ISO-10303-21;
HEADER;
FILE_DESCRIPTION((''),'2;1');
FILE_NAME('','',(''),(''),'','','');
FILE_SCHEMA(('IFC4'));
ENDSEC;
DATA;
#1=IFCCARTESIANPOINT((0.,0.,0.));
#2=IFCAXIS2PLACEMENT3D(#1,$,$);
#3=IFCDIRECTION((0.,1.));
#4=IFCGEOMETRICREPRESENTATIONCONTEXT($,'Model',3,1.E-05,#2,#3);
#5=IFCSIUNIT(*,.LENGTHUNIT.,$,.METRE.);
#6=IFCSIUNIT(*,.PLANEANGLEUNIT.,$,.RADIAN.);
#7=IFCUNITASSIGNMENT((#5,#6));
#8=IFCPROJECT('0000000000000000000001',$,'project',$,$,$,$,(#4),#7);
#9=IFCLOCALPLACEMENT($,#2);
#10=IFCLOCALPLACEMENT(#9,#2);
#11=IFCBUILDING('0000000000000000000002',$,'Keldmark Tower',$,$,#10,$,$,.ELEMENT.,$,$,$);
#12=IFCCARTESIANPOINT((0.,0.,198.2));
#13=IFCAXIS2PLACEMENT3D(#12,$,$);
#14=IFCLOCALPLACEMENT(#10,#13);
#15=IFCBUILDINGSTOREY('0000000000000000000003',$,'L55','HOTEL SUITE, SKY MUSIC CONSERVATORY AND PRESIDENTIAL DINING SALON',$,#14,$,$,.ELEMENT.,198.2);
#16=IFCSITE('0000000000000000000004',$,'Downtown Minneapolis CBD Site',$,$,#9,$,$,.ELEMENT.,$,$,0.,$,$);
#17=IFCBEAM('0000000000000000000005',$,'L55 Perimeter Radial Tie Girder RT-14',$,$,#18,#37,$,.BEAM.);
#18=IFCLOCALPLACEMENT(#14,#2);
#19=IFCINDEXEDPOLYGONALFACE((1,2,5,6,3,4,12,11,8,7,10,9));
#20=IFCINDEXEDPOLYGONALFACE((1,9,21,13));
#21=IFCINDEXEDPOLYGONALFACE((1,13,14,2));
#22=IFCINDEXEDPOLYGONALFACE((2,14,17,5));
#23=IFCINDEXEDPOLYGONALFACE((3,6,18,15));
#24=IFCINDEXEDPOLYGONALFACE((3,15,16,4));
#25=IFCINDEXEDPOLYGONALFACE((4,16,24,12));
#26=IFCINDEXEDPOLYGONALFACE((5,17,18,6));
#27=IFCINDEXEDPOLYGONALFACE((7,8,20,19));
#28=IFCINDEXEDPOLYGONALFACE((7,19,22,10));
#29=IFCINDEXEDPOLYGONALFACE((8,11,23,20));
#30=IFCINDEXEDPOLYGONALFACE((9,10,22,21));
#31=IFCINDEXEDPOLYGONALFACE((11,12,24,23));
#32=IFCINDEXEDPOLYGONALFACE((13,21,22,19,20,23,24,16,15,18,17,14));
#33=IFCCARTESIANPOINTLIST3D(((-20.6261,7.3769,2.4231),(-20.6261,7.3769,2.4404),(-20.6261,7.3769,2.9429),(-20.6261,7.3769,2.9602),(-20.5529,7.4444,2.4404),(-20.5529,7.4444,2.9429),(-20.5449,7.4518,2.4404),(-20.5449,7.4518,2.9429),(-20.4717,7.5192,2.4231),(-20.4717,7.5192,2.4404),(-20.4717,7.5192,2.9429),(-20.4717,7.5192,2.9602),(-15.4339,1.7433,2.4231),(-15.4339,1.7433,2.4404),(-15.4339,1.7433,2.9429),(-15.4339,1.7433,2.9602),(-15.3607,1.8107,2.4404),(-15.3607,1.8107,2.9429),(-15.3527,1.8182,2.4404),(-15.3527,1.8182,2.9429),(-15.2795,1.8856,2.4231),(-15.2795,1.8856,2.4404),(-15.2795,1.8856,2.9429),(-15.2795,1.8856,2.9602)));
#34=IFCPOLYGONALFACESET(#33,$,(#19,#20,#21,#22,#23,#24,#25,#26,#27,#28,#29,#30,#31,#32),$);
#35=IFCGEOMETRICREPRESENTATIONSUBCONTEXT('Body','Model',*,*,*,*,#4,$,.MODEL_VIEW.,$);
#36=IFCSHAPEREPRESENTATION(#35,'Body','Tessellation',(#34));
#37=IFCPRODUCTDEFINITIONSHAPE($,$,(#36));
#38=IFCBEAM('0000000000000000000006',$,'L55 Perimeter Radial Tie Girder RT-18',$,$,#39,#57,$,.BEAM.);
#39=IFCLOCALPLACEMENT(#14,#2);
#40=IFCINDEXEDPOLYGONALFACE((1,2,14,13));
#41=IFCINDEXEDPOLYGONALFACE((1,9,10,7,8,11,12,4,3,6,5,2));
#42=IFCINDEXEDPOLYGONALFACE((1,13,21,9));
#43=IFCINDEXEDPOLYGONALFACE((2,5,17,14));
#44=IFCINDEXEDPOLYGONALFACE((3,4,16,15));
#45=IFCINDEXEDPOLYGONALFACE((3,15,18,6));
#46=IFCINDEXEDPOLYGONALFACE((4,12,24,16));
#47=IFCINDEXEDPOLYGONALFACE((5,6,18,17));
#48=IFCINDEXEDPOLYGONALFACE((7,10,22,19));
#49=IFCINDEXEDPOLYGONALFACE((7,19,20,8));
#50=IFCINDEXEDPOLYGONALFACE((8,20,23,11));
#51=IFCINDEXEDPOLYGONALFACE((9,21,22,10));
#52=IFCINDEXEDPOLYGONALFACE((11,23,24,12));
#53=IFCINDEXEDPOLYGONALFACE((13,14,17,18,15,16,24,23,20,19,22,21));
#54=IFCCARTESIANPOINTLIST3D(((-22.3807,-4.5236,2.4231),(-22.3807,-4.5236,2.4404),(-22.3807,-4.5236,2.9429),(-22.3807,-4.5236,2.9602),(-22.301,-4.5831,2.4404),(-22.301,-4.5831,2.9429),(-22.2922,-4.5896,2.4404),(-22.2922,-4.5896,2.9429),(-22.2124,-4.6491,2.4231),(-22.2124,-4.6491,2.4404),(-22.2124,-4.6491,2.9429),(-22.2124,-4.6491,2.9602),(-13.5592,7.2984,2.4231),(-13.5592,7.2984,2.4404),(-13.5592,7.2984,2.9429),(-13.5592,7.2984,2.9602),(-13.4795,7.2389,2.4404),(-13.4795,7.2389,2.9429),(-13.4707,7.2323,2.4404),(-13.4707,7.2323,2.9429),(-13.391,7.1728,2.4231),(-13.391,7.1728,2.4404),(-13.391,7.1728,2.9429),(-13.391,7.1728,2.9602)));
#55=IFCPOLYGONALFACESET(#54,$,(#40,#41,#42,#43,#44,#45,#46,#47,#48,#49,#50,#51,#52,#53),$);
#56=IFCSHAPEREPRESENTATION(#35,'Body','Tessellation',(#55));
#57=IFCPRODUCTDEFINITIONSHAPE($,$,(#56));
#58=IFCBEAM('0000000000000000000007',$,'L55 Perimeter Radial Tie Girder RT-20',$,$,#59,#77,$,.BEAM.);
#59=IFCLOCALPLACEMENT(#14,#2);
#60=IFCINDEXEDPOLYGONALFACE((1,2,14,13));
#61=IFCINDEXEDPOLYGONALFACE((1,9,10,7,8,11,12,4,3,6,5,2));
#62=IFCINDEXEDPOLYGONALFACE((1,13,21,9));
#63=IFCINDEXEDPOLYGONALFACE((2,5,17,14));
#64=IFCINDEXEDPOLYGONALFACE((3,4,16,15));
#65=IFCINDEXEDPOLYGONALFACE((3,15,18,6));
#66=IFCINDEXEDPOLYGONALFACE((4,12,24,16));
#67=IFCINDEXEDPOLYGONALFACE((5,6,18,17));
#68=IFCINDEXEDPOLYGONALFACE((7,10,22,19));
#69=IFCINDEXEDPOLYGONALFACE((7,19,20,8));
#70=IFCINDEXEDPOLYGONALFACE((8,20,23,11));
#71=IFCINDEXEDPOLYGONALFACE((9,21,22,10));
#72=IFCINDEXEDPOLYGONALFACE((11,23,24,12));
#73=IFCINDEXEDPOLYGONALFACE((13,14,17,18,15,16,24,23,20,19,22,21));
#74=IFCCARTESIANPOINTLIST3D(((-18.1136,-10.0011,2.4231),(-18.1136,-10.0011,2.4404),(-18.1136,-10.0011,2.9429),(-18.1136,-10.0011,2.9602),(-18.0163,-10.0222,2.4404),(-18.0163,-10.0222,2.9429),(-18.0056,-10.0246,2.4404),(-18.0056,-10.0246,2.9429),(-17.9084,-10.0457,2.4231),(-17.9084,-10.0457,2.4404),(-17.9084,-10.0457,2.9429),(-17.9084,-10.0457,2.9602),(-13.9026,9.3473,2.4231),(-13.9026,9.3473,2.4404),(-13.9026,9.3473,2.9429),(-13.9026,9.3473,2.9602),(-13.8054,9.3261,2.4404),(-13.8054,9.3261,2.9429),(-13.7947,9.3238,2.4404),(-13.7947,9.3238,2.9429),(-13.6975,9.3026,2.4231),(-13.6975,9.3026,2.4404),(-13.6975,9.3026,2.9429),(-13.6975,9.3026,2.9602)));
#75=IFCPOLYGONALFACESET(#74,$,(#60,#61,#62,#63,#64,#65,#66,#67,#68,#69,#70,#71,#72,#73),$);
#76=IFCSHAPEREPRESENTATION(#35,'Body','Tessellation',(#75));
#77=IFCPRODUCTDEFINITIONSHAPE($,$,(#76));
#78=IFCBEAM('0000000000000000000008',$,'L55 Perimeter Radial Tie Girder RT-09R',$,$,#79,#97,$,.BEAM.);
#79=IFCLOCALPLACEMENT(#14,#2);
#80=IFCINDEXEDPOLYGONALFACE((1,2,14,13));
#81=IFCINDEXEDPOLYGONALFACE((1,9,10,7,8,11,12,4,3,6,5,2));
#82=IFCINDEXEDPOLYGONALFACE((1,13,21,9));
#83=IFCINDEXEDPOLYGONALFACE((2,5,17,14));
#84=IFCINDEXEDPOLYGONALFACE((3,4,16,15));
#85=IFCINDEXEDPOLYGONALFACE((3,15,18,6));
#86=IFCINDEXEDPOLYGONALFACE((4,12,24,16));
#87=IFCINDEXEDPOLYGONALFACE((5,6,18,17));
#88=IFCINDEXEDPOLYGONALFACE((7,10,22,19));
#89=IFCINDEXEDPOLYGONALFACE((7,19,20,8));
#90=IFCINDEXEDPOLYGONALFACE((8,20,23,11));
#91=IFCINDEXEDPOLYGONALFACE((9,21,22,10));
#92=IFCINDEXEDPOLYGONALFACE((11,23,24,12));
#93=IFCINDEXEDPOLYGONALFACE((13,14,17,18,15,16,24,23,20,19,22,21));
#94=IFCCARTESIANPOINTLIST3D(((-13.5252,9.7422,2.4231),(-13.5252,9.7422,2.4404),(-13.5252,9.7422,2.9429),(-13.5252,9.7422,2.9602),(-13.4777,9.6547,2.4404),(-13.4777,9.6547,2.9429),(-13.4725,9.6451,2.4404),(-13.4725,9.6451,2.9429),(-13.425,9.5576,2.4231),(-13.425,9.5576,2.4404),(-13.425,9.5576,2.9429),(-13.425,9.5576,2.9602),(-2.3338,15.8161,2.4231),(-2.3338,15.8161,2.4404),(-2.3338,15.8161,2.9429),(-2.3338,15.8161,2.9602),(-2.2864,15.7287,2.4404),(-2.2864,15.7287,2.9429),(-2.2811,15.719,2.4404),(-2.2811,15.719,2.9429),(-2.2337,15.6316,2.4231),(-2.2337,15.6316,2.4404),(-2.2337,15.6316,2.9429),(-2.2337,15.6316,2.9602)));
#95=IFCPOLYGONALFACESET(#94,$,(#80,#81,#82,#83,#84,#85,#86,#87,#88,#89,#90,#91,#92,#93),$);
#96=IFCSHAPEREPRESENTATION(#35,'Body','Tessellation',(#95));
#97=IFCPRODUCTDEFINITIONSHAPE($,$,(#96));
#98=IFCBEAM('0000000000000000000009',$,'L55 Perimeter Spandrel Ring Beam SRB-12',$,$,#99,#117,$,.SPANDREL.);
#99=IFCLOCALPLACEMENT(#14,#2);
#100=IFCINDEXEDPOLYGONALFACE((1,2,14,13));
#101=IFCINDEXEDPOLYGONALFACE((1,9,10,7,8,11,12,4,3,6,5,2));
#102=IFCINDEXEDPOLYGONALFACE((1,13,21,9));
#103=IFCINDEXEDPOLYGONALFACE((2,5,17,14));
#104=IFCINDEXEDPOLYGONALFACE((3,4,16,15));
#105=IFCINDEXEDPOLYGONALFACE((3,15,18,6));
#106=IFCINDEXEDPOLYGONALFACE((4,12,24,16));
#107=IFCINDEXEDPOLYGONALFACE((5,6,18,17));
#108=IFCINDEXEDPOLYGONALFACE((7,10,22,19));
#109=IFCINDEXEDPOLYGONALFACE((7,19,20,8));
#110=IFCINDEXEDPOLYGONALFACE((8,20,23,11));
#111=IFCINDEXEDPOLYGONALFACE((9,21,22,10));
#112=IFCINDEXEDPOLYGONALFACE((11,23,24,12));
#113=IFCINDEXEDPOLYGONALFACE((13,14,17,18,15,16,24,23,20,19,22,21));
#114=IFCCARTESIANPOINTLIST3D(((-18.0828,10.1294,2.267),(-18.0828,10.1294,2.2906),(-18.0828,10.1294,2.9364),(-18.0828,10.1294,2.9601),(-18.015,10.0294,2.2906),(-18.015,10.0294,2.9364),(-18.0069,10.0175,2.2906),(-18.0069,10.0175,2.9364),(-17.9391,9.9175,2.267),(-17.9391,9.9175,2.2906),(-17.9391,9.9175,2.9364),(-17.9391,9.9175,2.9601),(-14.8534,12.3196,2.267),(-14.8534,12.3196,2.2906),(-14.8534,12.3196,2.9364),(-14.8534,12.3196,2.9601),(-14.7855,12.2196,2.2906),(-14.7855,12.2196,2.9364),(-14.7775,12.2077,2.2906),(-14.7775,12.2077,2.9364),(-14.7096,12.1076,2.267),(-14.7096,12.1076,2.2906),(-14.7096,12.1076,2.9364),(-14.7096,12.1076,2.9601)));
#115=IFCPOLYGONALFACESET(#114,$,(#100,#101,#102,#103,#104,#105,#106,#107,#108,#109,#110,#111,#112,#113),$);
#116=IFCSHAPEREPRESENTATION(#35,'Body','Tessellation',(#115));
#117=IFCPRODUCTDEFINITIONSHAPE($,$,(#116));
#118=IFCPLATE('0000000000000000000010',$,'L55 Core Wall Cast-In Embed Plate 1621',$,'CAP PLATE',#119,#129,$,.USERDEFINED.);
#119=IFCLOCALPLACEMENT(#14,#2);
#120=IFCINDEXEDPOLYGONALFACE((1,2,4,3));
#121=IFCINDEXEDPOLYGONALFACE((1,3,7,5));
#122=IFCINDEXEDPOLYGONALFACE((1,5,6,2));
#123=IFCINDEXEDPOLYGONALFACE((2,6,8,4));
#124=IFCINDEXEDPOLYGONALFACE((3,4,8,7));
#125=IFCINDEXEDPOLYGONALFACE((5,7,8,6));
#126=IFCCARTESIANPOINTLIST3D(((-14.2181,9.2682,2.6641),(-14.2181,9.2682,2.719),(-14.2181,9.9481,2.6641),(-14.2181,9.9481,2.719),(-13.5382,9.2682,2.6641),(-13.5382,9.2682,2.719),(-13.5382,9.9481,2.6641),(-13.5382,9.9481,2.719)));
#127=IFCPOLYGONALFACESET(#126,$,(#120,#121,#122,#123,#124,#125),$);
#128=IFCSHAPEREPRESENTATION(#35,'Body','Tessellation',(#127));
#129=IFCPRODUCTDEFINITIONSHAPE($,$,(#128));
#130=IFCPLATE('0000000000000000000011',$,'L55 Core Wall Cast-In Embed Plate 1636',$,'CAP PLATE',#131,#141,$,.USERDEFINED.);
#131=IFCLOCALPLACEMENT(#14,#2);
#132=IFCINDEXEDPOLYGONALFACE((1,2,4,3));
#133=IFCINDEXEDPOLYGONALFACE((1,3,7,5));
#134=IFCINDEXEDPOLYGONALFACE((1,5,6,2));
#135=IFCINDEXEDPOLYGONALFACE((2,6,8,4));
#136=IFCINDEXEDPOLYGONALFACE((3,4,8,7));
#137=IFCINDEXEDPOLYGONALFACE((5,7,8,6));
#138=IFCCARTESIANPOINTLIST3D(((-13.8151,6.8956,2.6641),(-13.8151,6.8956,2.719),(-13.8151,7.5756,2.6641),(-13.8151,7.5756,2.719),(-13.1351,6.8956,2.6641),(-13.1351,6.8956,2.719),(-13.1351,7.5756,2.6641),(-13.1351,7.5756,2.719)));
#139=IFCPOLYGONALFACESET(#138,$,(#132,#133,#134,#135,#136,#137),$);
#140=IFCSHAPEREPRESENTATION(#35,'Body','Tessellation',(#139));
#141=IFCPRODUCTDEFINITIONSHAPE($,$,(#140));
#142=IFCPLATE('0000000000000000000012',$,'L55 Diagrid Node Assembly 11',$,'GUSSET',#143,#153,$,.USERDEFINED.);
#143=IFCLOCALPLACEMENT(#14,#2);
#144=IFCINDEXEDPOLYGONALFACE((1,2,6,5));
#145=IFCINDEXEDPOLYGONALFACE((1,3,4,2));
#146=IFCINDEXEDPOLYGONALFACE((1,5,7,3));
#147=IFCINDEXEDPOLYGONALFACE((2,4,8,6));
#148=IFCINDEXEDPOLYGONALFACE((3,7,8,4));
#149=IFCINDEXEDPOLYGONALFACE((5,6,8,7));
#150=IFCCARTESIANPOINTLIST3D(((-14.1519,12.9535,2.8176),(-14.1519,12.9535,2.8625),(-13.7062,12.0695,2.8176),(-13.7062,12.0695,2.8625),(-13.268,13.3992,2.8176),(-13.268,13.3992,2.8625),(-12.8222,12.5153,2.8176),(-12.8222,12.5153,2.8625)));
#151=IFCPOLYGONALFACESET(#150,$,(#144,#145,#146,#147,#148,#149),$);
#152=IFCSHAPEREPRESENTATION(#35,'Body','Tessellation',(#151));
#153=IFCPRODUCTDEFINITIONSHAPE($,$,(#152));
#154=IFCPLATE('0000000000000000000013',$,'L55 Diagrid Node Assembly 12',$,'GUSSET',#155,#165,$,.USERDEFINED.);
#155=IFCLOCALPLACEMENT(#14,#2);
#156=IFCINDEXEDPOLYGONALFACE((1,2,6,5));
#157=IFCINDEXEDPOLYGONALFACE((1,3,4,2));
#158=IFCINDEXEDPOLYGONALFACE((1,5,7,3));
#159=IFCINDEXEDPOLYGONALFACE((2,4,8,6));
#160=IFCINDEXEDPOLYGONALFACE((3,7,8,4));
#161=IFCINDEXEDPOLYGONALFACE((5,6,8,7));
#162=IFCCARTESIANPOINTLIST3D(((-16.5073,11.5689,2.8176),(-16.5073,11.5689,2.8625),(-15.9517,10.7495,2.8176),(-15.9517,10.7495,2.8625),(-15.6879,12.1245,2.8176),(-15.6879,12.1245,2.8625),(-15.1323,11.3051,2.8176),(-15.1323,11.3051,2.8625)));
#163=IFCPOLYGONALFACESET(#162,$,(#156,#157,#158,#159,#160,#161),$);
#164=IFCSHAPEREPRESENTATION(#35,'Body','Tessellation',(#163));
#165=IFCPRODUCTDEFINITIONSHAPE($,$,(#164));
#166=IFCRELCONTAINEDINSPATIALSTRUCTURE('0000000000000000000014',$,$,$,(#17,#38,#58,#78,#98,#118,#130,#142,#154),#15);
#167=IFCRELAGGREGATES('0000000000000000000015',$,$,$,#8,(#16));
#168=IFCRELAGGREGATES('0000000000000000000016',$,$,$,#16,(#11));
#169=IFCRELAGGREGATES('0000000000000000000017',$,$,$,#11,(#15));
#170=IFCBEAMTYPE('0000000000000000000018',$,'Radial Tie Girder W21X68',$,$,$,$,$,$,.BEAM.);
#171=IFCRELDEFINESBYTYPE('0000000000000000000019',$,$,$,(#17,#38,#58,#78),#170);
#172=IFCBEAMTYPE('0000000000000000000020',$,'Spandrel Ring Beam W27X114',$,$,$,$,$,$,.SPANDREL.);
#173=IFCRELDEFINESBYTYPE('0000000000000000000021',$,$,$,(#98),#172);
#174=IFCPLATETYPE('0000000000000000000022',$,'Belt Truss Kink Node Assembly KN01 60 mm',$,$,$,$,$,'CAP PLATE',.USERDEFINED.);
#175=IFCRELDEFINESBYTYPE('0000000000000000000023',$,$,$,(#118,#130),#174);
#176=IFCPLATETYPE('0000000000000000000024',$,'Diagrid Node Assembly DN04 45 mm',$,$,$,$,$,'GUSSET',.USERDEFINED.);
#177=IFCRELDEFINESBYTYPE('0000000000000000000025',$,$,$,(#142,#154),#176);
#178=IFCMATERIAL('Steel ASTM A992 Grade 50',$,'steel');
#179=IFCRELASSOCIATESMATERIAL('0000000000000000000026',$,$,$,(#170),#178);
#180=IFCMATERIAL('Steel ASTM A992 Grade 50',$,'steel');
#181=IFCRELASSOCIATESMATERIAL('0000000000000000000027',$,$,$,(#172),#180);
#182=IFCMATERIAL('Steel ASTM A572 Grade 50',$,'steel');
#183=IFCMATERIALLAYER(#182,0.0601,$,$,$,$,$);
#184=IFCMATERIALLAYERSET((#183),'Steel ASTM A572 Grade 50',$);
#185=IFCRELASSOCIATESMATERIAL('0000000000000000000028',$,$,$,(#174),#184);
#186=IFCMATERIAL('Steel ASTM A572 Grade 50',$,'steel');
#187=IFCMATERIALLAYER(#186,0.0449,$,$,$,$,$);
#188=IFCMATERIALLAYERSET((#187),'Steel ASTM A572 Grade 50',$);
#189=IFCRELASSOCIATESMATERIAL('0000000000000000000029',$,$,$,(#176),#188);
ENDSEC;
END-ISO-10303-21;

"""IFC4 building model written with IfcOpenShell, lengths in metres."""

from ifc_helpers import new_model, si_unit, direction, frame, origin, origin_2d, place, context, subcontext, project, spatial, rectangle, i_section, extrude, material, layer, layer_set, material_profile, profile_set, type_object, element, save


model = new_model("IFC4")

# Units and contexts
model_context = context("Model", 3, precision=1e-05, world=origin(), true_north=direction((0.0, 1.0)))
body_context = subcontext(model_context, "Body", "Model", "MODEL_VIEW")
ifc_project = project(units=[si_unit("LENGTHUNIT", "METRE"), si_unit("PLANEANGLEUNIT", "RADIAN")], contexts=[model_context])

# Site, building, storey
site_placement = place(None, origin())
site = spatial("IfcSite", under=ifc_project, at=site_placement, Name="Downtown Minneapolis CBD Site", CompositionType="ELEMENT", RefElevation=0.0)
building_placement = place(site_placement, origin())
building = spatial("IfcBuilding", under=site, at=building_placement, Name="Keldmark Tower", CompositionType="ELEMENT")
storey_placement = place(building_placement, frame((0.0, 0.0, 198.2)))
storey = spatial("IfcBuildingStorey", under=building, at=storey_placement, Name="L55", Description="HOTEL SUITE, SKY MUSIC CONSERVATORY AND PRESIDENTIAL DINING SALON", CompositionType="ELEMENT", Elevation=198.2)

# Beams
ifc_material_1 = material(Name="Steel ASTM A992 Grade 50", Category="steel")
ifc_material_profile_1 = material_profile(ifc_material_1, i_section(OverallWidth=0.21, OverallDepth=0.5371, WebThickness=0.011, FlangeThickness=0.0173, at=origin_2d()), Name="W21X68")
ifc_profile_set_1 = profile_set([ifc_material_profile_1], Name="Steel ASTM A992 Grade 50")
beam_type_1 = type_object("IfcBeamType", Name="Radial Tie Girder W21X68", PredefinedType="BEAM", material=ifc_profile_set_1)
beam_1_placement = place(storey_placement, frame((-15.3567, 1.8145, 2.6917), z_axis=(-0.677712, 0.735327, 0.0), x_axis=(-0.735327, -0.677712, 0.0)))
element("IfcBeam", 1, at=beam_1_placement, inside=storey, type_object=beam_type_1, Name="L55 Perimeter Radial Tie Girder RT-14", PredefinedType="BEAM", context=body_context, shape_type="SweptSolid", body=[
    extrude(i_section(OverallWidth=0.21, OverallDepth=0.5371, WebThickness=0.011, FlangeThickness=0.0173, at=origin_2d()), origin(), (0.0, 0.0, 1.0), 7.6614),
])
beam_2_placement = place(storey_placement, frame((-13.4751, 7.2356, 2.6917), z_axis=(-0.598046, -0.801461, 0.0), x_axis=(0.801461, -0.598046, 0.0)))
element("IfcBeam", 2, at=beam_2_placement, inside=storey, type_object=beam_type_1, Name="L55 Perimeter Radial Tie Girder RT-18", PredefinedType="BEAM", context=body_context, shape_type="SweptSolid", body=[
    extrude(i_section(OverallWidth=0.21, OverallDepth=0.5371, WebThickness=0.011, FlangeThickness=0.0173, at=origin_2d()), origin(), (0.0, 0.0, 1.0), 14.7505),
])
beam_3_placement = place(storey_placement, frame((-13.8, 9.325, 2.6917), z_axis=(-0.212659, -0.977126, 0.0), x_axis=(0.977126, -0.212659, 0.0)))
element("IfcBeam", 3, at=beam_3_placement, inside=storey, type_object=beam_type_1, Name="L55 Perimeter Radial Tie Girder RT-20", PredefinedType="BEAM", context=body_context, shape_type="SweptSolid", body=[
    extrude(i_section(OverallWidth=0.21, OverallDepth=0.5371, WebThickness=0.011, FlangeThickness=0.0173, at=origin_2d()), origin(), (0.0, 0.0, 1.0), 19.8013),
])
beam_4_placement = place(storey_placement, frame((-13.4751, 9.6499, 2.6917), z_axis=(0.878898, 0.477009, 0.0), x_axis=(-0.477009, 0.878898, 0.0)))
element("IfcBeam", 4, at=beam_4_placement, inside=storey, type_object=beam_type_1, Name="L55 Perimeter Radial Tie Girder RT-09R", PredefinedType="BEAM", context=body_context, shape_type="SweptSolid", body=[
    extrude(i_section(OverallWidth=0.21, OverallDepth=0.5371, WebThickness=0.011, FlangeThickness=0.0173, at=origin_2d()), origin(), (0.0, 0.0, 1.0), 12.7334),
])
ifc_material_2 = material(Name="Steel ASTM A992 Grade 50", Category="steel")
ifc_material_profile_2 = material_profile(ifc_material_2, i_section(OverallWidth=0.2561, OverallDepth=0.6931, WebThickness=0.0144, FlangeThickness=0.0237, at=origin_2d()), Name="W27X114")
ifc_profile_set_2 = profile_set([ifc_material_profile_2], Name="Steel ASTM A992 Grade 50")
beam_type_2 = type_object("IfcBeamType", Name="Spandrel Ring Beam W27X114", PredefinedType="SPANDREL", material=ifc_profile_set_2)
beam_5_placement = place(storey_placement, frame((-14.7815, 12.2136, 2.6135), z_axis=(-0.827625, -0.561281, 0.0), x_axis=(0.561281, -0.827625, 0.0)))
element("IfcBeam", 5, at=beam_5_placement, inside=storey, type_object=beam_type_2, Name="L55 Perimeter Spandrel Ring Beam SRB-12", PredefinedType="SPANDREL", context=body_context, shape_type="SweptSolid", body=[
    extrude(i_section(OverallWidth=0.2561, OverallDepth=0.6931, WebThickness=0.0144, FlangeThickness=0.0237, at=origin_2d()), origin(), (0.0, 0.0, 1.0), 3.9021),
])

# Plates
ifc_material_3 = material(Name="Steel ASTM A572 Grade 50", Category="steel")
ifc_layer_1 = layer(ifc_material_3, 0.0601)
ifc_layer_set_1 = layer_set([ifc_layer_1], Name="Steel ASTM A572 Grade 50")
plate_type_1 = type_object("IfcPlateType", Name="Belt Truss Kink Node Assembly KN01 60 mm", ElementType="CAP PLATE", PredefinedType="USERDEFINED", material=ifc_layer_set_1)
for number, where, z_axis, x_axis, name in (
    (6, (-13.8782, 9.6082, 2.6641), (0.0, 0.0, 1.0), (1.0, 0.0, 0.0), "L55 Core Wall Cast-In Embed Plate 1621"),
    (7, (-13.4751, 7.2356, 2.6641), (0.0, 0.0, 1.0), (1.0, 0.0, 0.0), "L55 Core Wall Cast-In Embed Plate 1636"),
):
    element("IfcPlate", number, at=place(storey_placement, frame(where, z_axis=z_axis, x_axis=x_axis)), inside=storey, type_object=plate_type_1, Name=name, ObjectType="CAP PLATE", PredefinedType="USERDEFINED", context=body_context, shape_type="SweptSolid", body=[
        extrude(rectangle(XDim=0.6799, YDim=0.6799, at=origin_2d()), origin(), (0.0, 0.0, 1.0), 0.0549),
    ])
ifc_material_4 = material(Name="Steel ASTM A572 Grade 50", Category="steel")
ifc_layer_2 = layer(ifc_material_4, 0.0449)
ifc_layer_set_2 = layer_set([ifc_layer_2], Name="Steel ASTM A572 Grade 50")
plate_type_2 = type_object("IfcPlateType", Name="Diagrid Node Assembly DN04 45 mm", ElementType="GUSSET", PredefinedType="USERDEFINED", material=ifc_layer_set_2)
for number, where, z_axis, x_axis, name in (
    (8, (-13.4871, 12.7344, 2.8176), (0.0, 0.0, 1.0), (-0.8929, -0.450254, 0.0), "L55 Diagrid Node Assembly 11"),
    (9, (-15.8198, 11.437, 2.8176), (0.0, 0.0, 1.0), (-0.827669, -0.561217, 0.0), "L55 Diagrid Node Assembly 12"),
):
    element("IfcPlate", number, at=place(storey_placement, frame(where, z_axis=z_axis, x_axis=x_axis)), inside=storey, type_object=plate_type_2, Name=name, ObjectType="GUSSET", PredefinedType="USERDEFINED", context=body_context, shape_type="SweptSolid", body=[
        extrude(rectangle(XDim=0.99, YDim=0.99, at=origin_2d()), origin(), (0.0, 0.0, 1.0), 0.0449),
    ])

save(model, "model.ifc")
